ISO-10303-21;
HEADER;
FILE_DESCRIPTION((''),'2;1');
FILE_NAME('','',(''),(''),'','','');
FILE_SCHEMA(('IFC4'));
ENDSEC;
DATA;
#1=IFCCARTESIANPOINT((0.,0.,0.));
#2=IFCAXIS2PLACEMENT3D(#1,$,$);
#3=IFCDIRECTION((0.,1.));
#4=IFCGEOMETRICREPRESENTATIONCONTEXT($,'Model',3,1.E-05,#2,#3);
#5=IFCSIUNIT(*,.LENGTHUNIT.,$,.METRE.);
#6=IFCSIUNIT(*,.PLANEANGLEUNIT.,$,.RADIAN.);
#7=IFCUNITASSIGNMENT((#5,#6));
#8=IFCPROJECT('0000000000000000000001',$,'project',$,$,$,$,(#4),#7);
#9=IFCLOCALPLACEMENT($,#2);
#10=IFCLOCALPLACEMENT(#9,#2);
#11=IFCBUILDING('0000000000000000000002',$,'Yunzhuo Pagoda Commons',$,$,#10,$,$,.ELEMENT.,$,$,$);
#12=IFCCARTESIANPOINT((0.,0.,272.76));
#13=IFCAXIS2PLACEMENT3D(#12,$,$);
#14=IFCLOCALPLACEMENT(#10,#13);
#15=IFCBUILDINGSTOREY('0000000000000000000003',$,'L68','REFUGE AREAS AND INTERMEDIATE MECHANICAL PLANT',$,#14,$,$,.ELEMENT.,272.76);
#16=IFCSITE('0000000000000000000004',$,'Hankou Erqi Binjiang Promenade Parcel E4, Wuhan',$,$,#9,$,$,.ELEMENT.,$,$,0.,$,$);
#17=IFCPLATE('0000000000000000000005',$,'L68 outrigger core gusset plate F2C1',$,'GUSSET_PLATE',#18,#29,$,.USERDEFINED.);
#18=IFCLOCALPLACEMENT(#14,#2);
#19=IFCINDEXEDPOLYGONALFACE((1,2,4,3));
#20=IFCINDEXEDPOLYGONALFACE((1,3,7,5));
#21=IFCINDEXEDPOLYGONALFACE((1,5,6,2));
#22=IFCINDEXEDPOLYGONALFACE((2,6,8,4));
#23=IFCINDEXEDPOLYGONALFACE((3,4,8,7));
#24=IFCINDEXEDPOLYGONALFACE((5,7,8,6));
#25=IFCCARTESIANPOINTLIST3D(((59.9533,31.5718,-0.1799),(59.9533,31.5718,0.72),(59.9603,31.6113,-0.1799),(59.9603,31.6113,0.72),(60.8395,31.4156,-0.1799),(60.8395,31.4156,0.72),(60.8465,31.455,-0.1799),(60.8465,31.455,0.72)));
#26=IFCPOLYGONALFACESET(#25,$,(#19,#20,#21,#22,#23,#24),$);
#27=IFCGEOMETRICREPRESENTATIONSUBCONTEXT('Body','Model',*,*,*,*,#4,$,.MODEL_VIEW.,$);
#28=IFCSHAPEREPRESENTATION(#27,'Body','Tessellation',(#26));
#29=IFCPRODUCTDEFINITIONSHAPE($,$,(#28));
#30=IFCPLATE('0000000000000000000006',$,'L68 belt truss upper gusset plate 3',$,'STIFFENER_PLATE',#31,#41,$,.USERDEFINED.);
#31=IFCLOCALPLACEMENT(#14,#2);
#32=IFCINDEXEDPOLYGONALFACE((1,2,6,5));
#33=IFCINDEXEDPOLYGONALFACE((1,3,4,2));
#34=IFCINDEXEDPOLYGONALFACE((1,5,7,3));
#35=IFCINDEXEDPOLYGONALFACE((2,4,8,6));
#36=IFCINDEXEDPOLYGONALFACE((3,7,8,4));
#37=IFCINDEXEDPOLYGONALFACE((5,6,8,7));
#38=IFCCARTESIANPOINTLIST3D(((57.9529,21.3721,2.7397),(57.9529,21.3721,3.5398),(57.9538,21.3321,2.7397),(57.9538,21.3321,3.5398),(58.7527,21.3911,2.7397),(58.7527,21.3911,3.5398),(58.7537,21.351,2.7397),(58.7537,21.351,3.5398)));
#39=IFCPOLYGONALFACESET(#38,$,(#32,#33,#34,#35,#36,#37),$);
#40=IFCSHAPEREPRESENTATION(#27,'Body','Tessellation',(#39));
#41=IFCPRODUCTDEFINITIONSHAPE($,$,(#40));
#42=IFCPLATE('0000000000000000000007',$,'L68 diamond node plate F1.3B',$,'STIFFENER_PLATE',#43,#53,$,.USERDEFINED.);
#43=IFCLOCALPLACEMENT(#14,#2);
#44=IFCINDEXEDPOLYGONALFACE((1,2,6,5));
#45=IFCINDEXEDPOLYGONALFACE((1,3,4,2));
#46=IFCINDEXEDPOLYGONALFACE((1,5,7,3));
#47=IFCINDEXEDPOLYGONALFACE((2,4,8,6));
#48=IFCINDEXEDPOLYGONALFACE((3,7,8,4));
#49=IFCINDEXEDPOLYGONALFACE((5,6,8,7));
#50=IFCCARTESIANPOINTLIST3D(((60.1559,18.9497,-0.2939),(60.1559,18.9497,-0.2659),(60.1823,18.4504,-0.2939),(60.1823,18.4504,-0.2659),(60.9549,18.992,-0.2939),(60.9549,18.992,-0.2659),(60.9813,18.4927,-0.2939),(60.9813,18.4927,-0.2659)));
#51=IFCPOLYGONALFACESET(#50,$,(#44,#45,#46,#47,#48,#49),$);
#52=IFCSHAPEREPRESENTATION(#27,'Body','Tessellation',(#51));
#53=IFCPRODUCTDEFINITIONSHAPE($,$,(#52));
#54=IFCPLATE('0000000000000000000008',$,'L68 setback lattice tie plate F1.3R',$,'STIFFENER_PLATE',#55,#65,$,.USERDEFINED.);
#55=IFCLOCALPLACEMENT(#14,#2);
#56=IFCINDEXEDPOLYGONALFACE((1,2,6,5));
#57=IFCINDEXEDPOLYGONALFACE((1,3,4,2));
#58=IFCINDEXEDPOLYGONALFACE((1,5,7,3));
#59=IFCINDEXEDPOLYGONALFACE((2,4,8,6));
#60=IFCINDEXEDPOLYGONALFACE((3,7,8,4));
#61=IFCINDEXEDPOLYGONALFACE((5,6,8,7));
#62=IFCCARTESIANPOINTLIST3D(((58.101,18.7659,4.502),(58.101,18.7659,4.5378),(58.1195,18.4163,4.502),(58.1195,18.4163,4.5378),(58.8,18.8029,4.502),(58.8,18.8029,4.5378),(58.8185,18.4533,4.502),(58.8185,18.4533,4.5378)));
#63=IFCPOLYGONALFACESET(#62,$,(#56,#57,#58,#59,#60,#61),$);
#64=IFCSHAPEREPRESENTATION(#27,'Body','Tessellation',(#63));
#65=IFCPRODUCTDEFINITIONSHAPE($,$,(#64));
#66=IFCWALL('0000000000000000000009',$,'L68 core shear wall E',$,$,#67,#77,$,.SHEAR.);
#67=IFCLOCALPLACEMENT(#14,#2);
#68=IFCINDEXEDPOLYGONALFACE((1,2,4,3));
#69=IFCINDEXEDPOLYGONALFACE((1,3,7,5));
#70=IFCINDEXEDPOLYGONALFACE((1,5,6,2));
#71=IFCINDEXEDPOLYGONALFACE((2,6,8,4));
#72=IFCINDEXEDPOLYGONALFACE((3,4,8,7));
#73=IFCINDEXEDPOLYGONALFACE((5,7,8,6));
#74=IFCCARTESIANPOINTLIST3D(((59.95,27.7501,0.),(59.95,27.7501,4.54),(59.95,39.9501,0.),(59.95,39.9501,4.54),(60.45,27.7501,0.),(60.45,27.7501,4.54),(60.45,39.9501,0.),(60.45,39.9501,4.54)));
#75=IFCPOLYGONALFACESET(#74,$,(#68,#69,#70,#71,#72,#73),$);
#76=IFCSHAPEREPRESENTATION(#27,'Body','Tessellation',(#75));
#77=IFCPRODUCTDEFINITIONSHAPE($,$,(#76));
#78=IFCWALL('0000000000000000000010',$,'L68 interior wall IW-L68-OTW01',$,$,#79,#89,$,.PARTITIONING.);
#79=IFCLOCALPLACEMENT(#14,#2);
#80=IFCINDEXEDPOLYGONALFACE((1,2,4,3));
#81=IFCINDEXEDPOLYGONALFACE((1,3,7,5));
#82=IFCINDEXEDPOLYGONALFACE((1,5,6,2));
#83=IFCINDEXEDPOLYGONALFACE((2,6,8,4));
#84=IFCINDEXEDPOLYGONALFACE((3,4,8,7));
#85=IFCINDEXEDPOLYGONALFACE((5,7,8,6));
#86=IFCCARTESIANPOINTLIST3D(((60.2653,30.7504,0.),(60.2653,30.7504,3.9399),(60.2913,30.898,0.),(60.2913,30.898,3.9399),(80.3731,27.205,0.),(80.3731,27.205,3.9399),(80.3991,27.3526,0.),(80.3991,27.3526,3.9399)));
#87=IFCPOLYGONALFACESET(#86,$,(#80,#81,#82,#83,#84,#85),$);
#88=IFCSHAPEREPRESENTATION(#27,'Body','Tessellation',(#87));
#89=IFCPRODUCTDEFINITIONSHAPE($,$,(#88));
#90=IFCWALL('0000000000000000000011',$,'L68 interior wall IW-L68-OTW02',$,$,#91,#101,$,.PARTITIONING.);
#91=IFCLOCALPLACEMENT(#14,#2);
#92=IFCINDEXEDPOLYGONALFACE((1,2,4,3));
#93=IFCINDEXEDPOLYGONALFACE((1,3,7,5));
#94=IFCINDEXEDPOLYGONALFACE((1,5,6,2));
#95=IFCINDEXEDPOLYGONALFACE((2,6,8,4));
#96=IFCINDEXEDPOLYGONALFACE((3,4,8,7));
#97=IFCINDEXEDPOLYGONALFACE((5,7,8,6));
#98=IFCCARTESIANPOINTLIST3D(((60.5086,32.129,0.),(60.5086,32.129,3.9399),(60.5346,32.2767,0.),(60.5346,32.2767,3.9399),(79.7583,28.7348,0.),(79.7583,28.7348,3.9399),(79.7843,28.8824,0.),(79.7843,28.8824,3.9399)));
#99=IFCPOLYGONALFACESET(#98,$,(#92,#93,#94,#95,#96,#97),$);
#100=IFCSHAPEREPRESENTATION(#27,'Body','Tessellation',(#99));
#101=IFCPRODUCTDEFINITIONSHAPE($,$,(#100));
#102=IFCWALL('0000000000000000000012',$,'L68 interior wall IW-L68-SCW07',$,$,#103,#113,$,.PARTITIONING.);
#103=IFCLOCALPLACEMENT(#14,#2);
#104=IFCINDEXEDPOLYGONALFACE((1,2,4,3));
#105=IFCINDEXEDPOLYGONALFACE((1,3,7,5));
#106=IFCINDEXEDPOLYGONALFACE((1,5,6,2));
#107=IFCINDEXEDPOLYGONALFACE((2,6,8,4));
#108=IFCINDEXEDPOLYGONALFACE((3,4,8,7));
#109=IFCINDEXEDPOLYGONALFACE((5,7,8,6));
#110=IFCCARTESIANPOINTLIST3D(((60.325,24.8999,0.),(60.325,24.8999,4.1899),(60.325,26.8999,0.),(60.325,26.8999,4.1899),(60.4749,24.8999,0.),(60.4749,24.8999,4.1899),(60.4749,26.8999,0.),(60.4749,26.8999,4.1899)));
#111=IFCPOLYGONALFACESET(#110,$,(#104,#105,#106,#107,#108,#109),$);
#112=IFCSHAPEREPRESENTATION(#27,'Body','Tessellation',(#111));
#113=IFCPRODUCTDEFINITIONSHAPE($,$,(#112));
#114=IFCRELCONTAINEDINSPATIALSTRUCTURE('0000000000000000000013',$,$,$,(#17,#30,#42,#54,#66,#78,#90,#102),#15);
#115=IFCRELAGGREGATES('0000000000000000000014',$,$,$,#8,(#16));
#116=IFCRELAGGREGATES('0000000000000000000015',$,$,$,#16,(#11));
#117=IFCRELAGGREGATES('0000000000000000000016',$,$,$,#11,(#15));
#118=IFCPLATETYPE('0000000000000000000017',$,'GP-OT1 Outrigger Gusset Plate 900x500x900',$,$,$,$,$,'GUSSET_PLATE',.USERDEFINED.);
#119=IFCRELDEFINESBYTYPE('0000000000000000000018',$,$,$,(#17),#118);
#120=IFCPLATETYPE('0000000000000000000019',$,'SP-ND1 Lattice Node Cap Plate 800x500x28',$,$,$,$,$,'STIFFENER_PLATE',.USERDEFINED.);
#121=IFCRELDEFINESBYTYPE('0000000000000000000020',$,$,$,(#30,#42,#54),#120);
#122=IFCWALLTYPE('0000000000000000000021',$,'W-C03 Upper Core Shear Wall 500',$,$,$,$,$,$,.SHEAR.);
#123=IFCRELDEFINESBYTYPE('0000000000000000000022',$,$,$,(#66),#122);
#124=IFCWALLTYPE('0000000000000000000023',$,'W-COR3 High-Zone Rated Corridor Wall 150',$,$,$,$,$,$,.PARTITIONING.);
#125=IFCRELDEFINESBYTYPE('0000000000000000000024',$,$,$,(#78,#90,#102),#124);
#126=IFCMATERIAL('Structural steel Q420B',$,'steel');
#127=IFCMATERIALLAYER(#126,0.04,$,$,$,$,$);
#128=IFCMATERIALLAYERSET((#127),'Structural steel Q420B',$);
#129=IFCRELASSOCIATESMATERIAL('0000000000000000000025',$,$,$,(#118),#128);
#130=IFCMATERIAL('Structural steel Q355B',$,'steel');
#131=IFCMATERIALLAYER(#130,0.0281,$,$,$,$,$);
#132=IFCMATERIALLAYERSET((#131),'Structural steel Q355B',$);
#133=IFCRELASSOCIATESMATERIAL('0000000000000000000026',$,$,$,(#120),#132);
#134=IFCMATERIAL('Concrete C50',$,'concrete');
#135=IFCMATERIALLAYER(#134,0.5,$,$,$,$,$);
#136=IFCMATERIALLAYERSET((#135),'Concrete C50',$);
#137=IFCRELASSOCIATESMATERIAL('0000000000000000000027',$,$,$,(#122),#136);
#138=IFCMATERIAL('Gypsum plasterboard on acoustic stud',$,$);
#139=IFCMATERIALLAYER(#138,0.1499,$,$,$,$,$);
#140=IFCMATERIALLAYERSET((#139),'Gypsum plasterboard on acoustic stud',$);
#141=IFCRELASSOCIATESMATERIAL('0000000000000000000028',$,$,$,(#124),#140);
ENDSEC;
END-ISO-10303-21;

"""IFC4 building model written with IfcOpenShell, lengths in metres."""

from ifc_helpers import new_model, si_unit, direction, frame, frame_2d, origin, origin_2d, place, context, subcontext, project, spatial, rectangle, extrude, source, transform, mapped, material, layer, layer_set, type_object, element, save


model = new_model("IFC4")

# Units and contexts
model_context = context("Model", 3, precision=1e-05, world=origin(), true_north=direction((0.0, 1.0)))
body_context = subcontext(model_context, "Body", "Model", "MODEL_VIEW")
ifc_project = project(units=[si_unit("LENGTHUNIT", "METRE"), si_unit("PLANEANGLEUNIT", "RADIAN")], contexts=[model_context])

# Site, building, storey
site_placement = place(None, origin())
site = spatial("IfcSite", under=ifc_project, at=site_placement, Name="Hankou Erqi Binjiang Promenade Parcel E4, Wuhan", CompositionType="ELEMENT", RefElevation=0.0)
building_placement = place(site_placement, origin())
building = spatial("IfcBuilding", under=site, at=building_placement, Name="Yunzhuo Pagoda Commons", CompositionType="ELEMENT")
storey_placement = place(building_placement, frame((0.0, 0.0, 272.76)))
storey = spatial("IfcBuildingStorey", under=building, at=storey_placement, Name="L68", Description="REFUGE AREAS AND INTERMEDIATE MECHANICAL PLANT", CompositionType="ELEMENT", Elevation=272.76)

# Shared definitions
ifc_material_1 = material(Name="Structural steel Q420B", Category="steel")
ifc_material_2 = material(Name="Structural steel Q355B", Category="steel")

# Plates
ifc_layer_1 = layer(ifc_material_1, 0.04)
ifc_layer_set_1 = layer_set([ifc_layer_1], Name="Structural steel Q420B")
plate_type_1 = type_object("IfcPlateType", Name="GP-OT1 Outrigger Gusset Plate 900x500x900", ElementType="GUSSET_PLATE", PredefinedType="USERDEFINED", material=ifc_layer_set_1)
shared_shape_1 = source(origin(), body_context, "Body", "SweptSolid", [
    extrude(rectangle(XDim=0.8999, YDim=0.04, at=origin_2d()), origin(), (0.0, 0.0, 1.0), 0.8999),
])
plate_1_placement = place(storey_placement, frame((60.3999, 31.5134, -0.1799), z_axis=(0.0, 0.0, 1.0), x_axis=(0.984808, -0.173648, 0.0)))
element("IfcPlate", 1, at=plate_1_placement, inside=storey, type_object=plate_type_1, Name="L68 outrigger core gusset plate F2C1", ObjectType="GUSSET_PLATE", PredefinedType="USERDEFINED", context=body_context, shape_type="MappedRepresentation", body=[
    mapped(shared_shape_1, transform((0.0, 0.0, 0.0), scale=1.0)),
])
ifc_layer_2 = layer(ifc_material_2, 0.0281)
ifc_layer_set_2 = layer_set([ifc_layer_2], Name="Structural steel Q355B")
plate_type_2 = type_object("IfcPlateType", Name="SP-ND1 Lattice Node Cap Plate 800x500x28", ElementType="STIFFENER_PLATE", PredefinedType="USERDEFINED", material=ifc_layer_set_2)
shared_shape_2 = source(origin(), body_context, "Body", "SweptSolid", [
    extrude(rectangle(XDim=0.8, YDim=0.04, at=origin_2d()), origin(), (0.0, 0.0, 1.0), 0.8),
])
plate_2_placement = place(storey_placement, frame((58.3533, 21.3616, 2.7397), z_axis=(0.0, 0.0, 1.0), x_axis=(0.999719, 0.023717, 0.0)))
element("IfcPlate", 2, at=plate_2_placement, inside=storey, type_object=plate_type_2, Name="L68 belt truss upper gusset plate 3", ObjectType="STIFFENER_PLATE", PredefinedType="USERDEFINED", context=body_context, shape_type="MappedRepresentation", body=[
    mapped(shared_shape_2, transform((0.0, 0.0, 0.0), scale=1.0)),
])
shared_shape_3 = source(origin(), body_context, "Body", "SweptSolid", [
    extrude(rectangle(XDim=0.8, YDim=0.5, at=origin_2d()), origin(), (0.0, 0.0, 1.0), 0.0281),
])
plate_3_placement = place(storey_placement, frame((60.5686, 18.7212, -0.2939), z_axis=(0.0, 0.0, 1.0), x_axis=(0.998604, 0.052824, 0.0)))
element("IfcPlate", 3, at=plate_3_placement, inside=storey, type_object=plate_type_2, Name="L68 diamond node plate F1.3B", ObjectType="STIFFENER_PLATE", PredefinedType="USERDEFINED", context=body_context, shape_type="MappedRepresentation", body=[
    mapped(shared_shape_3, transform((0.0, 0.0, 0.0), scale=1.0)),
])
shared_shape_4 = source(origin(), body_context, "Body", "SweptSolid", [
    extrude(rectangle(XDim=0.7, YDim=0.3501, at=origin_2d()), origin(), (0.0, 0.0, 1.0), 0.0359),
])
plate_4_placement = place(storey_placement, frame((58.4597, 18.6096, 4.502), z_axis=(0.0, 0.0, 1.0), x_axis=(0.998604, 0.052824, 0.0)))
element("IfcPlate", 4, at=plate_4_placement, inside=storey, type_object=plate_type_2, Name="L68 setback lattice tie plate F1.3R", ObjectType="STIFFENER_PLATE", PredefinedType="USERDEFINED", context=body_context, shape_type="MappedRepresentation", body=[
    mapped(shared_shape_4, transform((0.0, 0.0, 0.0), scale=1.0)),
])

# Walls
ifc_material_3 = material(Name="Concrete C50", Category="concrete")
ifc_layer_3 = layer(ifc_material_3, 0.5)
ifc_layer_set_3 = layer_set([ifc_layer_3], Name="Concrete C50")
wall_type_1 = type_object("IfcWallType", Name="W-C03 Upper Core Shear Wall 500", PredefinedType="SHEAR", material=ifc_layer_set_3)
wall_1_placement = place(storey_placement, frame((60.2, 27.75, 0.0), z_axis=(0.0, 0.0, 1.0), x_axis=(0.0, 1.0, 0.0)))
element("IfcWall", 5, at=wall_1_placement, inside=storey, type_object=wall_type_1, Name="L68 core shear wall E", PredefinedType="SHEAR", context=body_context, shape_type="SweptSolid", body=[
    extrude(rectangle(XDim=12.2, YDim=0.5, at=frame_2d((6.1001, 0.0))), origin(), (0.0, 0.0, 1.0), 4.54),
])
ifc_material_4 = material(Name="Gypsum plasterboard on acoustic stud")
ifc_layer_4 = layer(ifc_material_4, 0.1499)
ifc_layer_set_4 = layer_set([ifc_layer_4], Name="Gypsum plasterboard on acoustic stud")
wall_type_2 = type_object("IfcWallType", Name="W-COR3 High-Zone Rated Corridor Wall 150", PredefinedType="PARTITIONING", material=ifc_layer_set_4)
wall_2_placement = place(storey_placement, frame((60.2783, 30.8242, 0.0), z_axis=(0.0, 0.0, 1.0), x_axis=(0.984809, -0.173641, 0.0)))
element("IfcWall", 6, at=wall_2_placement, inside=storey, type_object=wall_type_2, Name="L68 interior wall IW-L68-OTW01", PredefinedType="PARTITIONING", context=body_context, shape_type="SweptSolid", body=[
    extrude(rectangle(XDim=20.418, YDim=0.1499, at=frame_2d((10.209, 0.0))), origin(), (0.0, 0.0, 1.0), 3.9399),
])
wall_3_placement = place(storey_placement, frame((60.5215, 32.2029, 0.0), z_axis=(0.0, 0.0, 1.0), x_axis=(0.984807, -0.17365, 0.0)))
element("IfcWall", 7, at=wall_3_placement, inside=storey, type_object=wall_type_2, Name="L68 interior wall IW-L68-OTW02", PredefinedType="PARTITIONING", context=body_context, shape_type="SweptSolid", body=[
    extrude(rectangle(XDim=19.5466, YDim=0.1499, at=frame_2d((9.7734, 0.0))), origin(), (0.0, 0.0, 1.0), 3.9399),
])
wall_4_placement = place(storey_placement, frame((60.3999, 26.8999, 0.0), z_axis=(0.0, 0.0, 1.0), x_axis=(0.0, -1.0, 0.0)))
element("IfcWall", 8, at=wall_4_placement, inside=storey, type_object=wall_type_2, Name="L68 interior wall IW-L68-SCW07", PredefinedType="PARTITIONING", context=body_context, shape_type="SweptSolid", body=[
    extrude(rectangle(XDim=2.0, YDim=0.1499, at=frame_2d((1.0, 0.0))), origin(), (0.0, 0.0, 1.0), 4.1899),
])

save(model, "model.ifc")
